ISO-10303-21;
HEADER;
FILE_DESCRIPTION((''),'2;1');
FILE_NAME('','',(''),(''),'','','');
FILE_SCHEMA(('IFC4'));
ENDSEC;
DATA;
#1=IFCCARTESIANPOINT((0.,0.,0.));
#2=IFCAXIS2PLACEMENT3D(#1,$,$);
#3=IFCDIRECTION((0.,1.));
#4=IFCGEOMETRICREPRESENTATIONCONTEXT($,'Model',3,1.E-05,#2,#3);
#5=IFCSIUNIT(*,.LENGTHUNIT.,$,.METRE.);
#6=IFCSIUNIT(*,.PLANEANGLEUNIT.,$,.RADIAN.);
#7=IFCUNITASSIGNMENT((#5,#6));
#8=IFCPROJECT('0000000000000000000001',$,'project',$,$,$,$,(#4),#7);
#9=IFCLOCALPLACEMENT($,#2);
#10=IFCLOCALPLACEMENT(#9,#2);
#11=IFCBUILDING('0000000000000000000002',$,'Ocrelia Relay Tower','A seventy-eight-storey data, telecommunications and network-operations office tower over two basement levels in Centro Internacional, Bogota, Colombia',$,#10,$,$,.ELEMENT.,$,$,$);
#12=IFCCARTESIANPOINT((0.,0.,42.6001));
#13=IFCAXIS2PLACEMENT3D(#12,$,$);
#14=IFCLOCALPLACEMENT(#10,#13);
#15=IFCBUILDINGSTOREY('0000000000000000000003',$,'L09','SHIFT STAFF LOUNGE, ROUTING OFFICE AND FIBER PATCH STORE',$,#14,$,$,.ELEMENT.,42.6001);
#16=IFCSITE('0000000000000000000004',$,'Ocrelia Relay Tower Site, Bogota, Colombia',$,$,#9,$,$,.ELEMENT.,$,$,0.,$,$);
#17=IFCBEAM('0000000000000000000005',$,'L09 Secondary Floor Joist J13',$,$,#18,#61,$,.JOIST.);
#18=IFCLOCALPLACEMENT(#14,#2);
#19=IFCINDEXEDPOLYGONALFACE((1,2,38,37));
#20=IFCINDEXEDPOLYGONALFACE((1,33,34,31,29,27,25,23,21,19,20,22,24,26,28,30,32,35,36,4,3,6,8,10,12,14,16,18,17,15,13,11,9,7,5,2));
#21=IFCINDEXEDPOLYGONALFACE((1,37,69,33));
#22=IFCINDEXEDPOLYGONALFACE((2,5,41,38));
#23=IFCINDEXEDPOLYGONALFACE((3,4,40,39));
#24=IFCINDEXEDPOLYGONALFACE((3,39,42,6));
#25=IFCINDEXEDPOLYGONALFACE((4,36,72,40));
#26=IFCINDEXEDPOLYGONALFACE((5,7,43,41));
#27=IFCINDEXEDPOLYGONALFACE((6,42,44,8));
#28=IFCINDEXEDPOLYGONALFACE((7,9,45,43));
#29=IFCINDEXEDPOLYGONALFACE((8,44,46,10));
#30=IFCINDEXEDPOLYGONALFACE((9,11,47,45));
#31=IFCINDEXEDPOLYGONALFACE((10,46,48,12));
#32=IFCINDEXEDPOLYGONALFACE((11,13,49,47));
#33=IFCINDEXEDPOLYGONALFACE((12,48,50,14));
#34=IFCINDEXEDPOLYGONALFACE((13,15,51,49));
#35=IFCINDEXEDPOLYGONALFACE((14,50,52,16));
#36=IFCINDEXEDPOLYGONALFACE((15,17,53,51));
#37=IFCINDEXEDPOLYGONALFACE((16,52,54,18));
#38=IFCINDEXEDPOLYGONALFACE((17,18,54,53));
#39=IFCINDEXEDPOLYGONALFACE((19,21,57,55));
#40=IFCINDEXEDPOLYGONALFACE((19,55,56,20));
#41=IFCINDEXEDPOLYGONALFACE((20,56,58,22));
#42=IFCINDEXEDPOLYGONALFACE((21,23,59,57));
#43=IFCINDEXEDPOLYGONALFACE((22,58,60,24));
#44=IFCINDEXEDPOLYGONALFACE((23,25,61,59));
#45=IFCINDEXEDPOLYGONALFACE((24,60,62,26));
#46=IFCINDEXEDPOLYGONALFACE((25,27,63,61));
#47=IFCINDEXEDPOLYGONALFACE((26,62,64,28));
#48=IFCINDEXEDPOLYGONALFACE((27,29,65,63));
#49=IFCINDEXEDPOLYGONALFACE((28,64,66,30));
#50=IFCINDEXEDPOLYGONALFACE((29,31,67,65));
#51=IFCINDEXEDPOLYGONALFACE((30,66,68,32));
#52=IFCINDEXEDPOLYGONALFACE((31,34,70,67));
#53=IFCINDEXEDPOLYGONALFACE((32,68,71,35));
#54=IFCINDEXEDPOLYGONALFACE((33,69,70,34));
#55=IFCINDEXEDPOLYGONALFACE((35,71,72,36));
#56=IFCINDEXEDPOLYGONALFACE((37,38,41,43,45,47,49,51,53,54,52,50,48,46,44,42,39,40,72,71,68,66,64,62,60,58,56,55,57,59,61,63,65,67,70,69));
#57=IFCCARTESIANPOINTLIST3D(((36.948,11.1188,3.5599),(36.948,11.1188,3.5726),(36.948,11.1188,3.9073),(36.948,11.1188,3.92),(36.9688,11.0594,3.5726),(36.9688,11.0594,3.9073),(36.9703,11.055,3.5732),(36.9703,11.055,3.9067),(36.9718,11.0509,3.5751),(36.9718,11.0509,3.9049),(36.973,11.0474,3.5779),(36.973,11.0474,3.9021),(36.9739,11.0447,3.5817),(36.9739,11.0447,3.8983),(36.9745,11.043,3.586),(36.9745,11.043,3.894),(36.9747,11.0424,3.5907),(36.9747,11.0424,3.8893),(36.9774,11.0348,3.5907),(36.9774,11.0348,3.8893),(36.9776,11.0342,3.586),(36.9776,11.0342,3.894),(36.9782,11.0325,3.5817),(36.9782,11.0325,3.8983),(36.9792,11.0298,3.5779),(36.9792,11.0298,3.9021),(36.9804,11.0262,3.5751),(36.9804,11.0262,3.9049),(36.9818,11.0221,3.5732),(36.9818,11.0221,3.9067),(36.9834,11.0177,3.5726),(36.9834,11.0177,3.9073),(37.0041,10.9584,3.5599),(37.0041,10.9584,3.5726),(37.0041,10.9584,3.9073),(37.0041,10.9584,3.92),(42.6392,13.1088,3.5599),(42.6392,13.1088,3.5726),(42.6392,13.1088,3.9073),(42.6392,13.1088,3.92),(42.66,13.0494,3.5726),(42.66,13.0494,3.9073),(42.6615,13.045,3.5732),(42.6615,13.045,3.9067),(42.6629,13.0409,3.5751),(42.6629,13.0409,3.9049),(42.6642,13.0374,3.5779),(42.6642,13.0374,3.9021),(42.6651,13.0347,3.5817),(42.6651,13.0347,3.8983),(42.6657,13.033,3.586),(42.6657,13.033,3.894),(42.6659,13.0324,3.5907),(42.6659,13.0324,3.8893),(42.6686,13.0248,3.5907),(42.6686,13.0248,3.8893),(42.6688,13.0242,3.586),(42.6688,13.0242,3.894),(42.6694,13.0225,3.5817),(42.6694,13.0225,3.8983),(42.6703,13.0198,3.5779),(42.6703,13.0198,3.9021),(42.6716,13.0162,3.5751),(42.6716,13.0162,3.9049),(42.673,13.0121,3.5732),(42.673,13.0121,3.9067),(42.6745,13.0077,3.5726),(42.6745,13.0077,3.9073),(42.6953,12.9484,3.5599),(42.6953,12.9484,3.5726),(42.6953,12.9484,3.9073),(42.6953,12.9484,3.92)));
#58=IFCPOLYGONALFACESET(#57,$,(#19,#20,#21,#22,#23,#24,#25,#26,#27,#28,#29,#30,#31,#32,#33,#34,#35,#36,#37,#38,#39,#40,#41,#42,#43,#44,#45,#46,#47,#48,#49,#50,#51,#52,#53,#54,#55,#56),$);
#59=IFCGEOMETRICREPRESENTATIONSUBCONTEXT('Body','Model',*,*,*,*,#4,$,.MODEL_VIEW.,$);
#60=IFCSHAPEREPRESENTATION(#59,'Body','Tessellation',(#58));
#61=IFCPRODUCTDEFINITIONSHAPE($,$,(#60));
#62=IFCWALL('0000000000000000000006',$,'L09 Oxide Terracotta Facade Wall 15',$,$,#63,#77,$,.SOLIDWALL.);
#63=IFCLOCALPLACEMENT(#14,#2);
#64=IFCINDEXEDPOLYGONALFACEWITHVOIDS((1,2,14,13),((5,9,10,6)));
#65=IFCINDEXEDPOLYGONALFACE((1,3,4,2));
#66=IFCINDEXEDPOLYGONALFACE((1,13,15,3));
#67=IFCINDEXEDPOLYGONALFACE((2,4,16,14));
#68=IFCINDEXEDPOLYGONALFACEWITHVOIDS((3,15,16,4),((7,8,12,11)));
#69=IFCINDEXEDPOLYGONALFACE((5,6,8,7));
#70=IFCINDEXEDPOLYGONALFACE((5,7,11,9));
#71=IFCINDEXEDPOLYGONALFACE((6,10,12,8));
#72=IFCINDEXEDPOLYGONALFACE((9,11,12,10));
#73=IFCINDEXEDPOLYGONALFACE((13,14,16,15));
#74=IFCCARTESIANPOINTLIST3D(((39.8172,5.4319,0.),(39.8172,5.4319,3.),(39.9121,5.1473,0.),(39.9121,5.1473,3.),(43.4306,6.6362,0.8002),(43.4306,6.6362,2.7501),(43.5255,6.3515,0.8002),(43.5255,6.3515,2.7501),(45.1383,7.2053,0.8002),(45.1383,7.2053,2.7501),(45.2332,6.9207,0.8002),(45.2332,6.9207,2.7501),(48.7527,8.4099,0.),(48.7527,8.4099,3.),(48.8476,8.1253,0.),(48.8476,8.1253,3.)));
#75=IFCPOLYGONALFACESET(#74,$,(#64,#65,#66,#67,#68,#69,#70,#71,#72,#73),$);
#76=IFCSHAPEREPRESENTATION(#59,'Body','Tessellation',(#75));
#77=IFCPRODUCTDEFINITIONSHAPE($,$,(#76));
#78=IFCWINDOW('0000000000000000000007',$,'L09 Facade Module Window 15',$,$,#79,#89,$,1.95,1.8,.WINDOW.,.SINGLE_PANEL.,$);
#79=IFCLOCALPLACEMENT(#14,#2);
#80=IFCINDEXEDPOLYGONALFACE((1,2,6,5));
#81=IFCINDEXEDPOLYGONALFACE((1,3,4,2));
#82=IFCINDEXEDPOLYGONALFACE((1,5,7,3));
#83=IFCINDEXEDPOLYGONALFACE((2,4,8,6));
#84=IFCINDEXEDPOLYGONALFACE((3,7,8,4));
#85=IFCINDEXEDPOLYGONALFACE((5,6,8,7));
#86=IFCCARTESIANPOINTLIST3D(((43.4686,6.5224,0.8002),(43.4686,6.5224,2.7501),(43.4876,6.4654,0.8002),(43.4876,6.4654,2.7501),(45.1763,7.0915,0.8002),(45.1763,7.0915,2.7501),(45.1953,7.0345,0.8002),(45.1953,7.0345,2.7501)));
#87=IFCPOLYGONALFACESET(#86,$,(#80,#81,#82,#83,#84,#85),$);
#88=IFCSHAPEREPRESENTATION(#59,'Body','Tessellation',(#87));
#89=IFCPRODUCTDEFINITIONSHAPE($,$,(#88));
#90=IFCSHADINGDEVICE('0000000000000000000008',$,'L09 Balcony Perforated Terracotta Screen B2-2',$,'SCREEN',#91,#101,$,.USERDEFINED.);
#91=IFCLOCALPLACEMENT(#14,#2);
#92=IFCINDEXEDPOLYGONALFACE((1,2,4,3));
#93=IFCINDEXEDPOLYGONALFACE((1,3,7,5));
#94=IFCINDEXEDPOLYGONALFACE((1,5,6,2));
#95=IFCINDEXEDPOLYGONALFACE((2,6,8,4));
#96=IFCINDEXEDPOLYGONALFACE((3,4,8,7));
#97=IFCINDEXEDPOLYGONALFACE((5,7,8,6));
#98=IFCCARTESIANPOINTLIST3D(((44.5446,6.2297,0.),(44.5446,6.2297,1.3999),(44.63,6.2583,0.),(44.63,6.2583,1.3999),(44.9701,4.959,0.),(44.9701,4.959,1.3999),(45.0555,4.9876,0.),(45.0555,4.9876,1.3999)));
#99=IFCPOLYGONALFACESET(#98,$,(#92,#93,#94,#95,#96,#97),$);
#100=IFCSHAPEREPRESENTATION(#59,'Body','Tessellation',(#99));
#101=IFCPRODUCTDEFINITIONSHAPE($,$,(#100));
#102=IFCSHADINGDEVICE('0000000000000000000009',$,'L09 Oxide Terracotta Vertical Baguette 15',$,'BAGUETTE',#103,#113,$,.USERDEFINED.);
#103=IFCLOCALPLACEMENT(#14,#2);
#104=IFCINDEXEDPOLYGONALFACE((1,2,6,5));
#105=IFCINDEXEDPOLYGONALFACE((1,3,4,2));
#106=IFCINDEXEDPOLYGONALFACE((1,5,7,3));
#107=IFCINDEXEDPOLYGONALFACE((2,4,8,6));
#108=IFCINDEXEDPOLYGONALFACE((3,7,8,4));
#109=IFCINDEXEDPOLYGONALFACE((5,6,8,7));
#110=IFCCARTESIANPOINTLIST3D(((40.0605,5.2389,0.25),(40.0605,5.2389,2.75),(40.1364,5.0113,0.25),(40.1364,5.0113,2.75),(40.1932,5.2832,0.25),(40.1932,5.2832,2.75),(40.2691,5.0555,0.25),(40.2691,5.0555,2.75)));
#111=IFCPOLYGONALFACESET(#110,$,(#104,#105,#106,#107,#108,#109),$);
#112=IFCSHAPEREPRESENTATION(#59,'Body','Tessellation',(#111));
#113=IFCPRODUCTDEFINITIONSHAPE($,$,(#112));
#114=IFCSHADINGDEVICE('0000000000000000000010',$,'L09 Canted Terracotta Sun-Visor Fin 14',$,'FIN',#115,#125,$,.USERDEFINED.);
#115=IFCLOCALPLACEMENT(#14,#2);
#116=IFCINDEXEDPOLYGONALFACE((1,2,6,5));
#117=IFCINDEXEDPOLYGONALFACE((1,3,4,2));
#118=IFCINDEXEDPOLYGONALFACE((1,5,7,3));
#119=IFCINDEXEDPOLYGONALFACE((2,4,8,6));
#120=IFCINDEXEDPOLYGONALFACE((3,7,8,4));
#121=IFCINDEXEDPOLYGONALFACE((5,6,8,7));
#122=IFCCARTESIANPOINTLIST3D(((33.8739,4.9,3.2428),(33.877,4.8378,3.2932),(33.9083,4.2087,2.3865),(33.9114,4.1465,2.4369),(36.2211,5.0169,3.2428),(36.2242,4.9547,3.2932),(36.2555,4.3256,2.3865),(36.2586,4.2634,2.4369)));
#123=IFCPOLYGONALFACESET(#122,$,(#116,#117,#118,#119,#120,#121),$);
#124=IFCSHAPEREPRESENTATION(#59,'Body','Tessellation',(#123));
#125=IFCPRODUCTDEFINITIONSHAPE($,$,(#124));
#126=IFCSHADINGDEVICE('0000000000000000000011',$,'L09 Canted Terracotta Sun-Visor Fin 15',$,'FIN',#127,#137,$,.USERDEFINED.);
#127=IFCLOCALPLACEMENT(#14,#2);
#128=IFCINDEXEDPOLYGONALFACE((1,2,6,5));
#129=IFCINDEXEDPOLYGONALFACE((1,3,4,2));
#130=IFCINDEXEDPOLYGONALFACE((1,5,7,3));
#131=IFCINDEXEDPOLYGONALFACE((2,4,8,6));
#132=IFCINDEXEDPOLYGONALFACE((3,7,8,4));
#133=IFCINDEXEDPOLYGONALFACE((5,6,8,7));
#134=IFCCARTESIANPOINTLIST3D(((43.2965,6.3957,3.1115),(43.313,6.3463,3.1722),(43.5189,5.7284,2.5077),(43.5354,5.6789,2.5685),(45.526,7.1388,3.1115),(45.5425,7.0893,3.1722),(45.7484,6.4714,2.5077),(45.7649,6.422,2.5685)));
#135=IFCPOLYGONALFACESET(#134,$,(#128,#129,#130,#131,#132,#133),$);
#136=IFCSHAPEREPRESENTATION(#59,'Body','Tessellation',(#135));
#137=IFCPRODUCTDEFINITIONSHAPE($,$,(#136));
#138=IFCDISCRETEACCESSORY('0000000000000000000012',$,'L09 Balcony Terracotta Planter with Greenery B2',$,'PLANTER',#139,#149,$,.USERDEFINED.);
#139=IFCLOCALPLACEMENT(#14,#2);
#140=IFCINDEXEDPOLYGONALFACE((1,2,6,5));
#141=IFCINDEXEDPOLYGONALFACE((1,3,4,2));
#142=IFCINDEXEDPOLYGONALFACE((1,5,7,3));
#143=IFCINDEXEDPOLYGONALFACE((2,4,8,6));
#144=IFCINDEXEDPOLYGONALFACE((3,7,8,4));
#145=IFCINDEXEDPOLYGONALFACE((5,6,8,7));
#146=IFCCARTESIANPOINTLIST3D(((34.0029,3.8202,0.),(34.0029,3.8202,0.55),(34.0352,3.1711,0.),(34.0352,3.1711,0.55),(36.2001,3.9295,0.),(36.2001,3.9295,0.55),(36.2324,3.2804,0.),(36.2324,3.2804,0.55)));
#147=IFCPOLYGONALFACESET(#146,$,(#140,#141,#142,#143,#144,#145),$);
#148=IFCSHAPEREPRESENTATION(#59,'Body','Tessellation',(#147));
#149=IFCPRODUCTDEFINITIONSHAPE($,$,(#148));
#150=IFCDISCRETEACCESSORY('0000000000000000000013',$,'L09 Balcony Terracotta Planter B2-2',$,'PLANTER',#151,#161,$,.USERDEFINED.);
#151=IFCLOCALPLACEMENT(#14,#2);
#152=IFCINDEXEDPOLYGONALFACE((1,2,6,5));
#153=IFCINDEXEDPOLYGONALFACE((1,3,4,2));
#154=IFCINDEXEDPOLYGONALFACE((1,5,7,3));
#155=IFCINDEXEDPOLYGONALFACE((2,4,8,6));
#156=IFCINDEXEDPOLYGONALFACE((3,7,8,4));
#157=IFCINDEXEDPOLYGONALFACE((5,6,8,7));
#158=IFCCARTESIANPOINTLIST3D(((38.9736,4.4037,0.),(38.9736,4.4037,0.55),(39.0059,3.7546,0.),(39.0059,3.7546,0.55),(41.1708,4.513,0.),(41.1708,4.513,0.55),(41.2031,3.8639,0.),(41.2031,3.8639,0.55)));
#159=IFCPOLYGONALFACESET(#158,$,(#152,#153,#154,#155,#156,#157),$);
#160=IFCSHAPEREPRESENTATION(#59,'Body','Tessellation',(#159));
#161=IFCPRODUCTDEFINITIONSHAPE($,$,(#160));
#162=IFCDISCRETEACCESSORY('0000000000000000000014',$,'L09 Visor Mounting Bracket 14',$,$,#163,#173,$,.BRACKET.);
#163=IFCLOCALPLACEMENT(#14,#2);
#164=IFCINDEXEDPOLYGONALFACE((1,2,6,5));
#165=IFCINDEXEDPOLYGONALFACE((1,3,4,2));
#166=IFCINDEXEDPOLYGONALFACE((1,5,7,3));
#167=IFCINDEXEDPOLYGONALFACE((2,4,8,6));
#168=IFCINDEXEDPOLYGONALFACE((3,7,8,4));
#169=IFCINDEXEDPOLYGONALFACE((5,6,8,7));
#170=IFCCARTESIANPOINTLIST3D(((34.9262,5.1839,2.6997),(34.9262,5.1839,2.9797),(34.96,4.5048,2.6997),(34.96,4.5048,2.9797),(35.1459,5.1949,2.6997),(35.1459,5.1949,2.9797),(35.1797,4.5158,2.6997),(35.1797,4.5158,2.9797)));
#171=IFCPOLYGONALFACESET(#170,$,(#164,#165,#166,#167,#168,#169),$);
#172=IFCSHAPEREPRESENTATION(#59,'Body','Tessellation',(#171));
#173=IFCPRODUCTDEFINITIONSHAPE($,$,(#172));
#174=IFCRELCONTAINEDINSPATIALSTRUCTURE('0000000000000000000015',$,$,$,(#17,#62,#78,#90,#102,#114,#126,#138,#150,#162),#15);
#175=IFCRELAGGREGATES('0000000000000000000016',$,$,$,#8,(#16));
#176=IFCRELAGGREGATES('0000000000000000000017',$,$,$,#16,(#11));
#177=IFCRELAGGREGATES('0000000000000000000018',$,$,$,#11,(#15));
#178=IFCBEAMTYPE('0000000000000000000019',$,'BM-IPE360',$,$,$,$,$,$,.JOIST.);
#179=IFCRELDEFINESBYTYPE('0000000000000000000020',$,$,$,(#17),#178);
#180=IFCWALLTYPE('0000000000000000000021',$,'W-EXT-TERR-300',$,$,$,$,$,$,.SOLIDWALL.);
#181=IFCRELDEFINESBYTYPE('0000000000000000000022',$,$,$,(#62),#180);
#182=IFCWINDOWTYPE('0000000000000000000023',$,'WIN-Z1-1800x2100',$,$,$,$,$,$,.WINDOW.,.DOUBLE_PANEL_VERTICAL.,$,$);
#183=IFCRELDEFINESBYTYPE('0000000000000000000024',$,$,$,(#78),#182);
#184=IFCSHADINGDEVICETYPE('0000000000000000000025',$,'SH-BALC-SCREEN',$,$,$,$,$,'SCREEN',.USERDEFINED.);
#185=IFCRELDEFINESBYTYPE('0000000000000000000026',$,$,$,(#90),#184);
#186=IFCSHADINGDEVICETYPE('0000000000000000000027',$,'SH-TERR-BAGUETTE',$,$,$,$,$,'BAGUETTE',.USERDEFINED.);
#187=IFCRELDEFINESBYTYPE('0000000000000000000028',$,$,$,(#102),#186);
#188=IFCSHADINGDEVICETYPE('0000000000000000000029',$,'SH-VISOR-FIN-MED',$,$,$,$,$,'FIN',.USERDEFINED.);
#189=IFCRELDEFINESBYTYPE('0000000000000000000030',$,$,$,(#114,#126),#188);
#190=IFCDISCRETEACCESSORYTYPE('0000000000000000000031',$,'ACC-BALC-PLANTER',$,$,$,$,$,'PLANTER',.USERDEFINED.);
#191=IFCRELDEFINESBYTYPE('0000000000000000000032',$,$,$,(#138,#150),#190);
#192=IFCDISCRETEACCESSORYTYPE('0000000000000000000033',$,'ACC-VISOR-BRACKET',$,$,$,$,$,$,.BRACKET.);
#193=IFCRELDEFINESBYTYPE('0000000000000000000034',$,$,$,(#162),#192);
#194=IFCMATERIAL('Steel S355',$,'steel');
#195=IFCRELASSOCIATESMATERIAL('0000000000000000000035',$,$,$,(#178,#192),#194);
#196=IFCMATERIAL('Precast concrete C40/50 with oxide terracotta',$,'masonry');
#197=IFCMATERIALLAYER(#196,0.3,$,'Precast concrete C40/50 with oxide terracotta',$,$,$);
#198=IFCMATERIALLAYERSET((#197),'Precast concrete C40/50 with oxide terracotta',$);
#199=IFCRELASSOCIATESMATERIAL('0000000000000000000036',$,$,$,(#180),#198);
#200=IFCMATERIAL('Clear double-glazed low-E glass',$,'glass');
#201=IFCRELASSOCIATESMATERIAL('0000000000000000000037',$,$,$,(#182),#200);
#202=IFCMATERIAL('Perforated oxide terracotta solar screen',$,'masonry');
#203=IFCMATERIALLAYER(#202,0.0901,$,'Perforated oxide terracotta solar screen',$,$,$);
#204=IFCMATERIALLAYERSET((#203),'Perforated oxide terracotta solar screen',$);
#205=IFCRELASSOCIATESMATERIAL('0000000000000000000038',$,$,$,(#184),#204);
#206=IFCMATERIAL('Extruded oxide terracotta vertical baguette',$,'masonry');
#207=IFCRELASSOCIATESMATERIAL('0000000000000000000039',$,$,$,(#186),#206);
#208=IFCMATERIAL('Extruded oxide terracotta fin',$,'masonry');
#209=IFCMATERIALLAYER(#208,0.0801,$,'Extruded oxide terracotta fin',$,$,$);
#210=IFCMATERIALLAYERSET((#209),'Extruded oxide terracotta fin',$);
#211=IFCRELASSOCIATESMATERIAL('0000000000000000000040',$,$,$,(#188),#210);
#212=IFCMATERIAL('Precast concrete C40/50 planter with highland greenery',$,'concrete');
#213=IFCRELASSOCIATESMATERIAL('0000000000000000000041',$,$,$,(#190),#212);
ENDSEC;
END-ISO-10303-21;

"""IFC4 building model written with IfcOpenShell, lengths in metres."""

from ifc_helpers import new_model, si_unit, direction, frame, frame_2d, origin, origin_2d, place, context, subcontext, project, spatial, rectangle, i_section, extrude, material, layer, layer_set, material_profile, profile_set, type_object, element, fill, save


model = new_model("IFC4")

# Units and contexts
model_context = context("Model", 3, precision=1e-05, world=origin(), true_north=direction((0.0, 1.0)))
body_context = subcontext(model_context, "Body", "Model", "MODEL_VIEW")
ifc_project = project(units=[si_unit("LENGTHUNIT", "METRE"), si_unit("PLANEANGLEUNIT", "RADIAN")], contexts=[model_context])

# Site, building, storey
site_placement = place(None, origin())
site = spatial("IfcSite", under=ifc_project, at=site_placement, Name="Ocrelia Relay Tower Site, Bogota, Colombia", CompositionType="ELEMENT", RefElevation=0.0)
building_placement = place(site_placement, origin())
building = spatial("IfcBuilding", under=site, at=building_placement, Name="Ocrelia Relay Tower", Description="A seventy-eight-storey data, telecommunications and network-operations office tower over two basement levels in Centro Internacional, Bogota, Colombia", CompositionType="ELEMENT")
storey_placement = place(building_placement, frame((0.0, 0.0, 42.6001)))
storey = spatial("IfcBuildingStorey", under=building, at=storey_placement, Name="L09", Description="SHIFT STAFF LOUNGE, ROUTING OFFICE AND FIBER PATCH STORE", CompositionType="ELEMENT", Elevation=42.6001)

# Beam
ifc_material_1 = material(Name="Steel S355", Category="steel")
ifc_material_profile_1 = material_profile(ifc_material_1, i_section(OverallWidth=0.1699, OverallDepth=0.3601, WebThickness=0.0081, FlangeThickness=0.0127, FilletRadius=0.0181, at=origin_2d()), Name="IPE 360")
ifc_profile_set_1 = profile_set([ifc_material_profile_1], Name="Steel S355")
beam_type_1 = type_object("IfcBeamType", Name="BM-IPE360", PredefinedType="JOIST", material=ifc_profile_set_1)
beam_1_placement = place(storey_placement, frame((36.9761, 11.0386, 3.74), z_axis=(0.943957, 0.330067, 0.0), x_axis=(-0.330067, 0.943957, 0.0)))
element("IfcBeam", 1, at=beam_1_placement, inside=storey, type_object=beam_type_1, Name="L09 Secondary Floor Joist J13", PredefinedType="JOIST", context=body_context, shape_type="SweptSolid", body=[
    extrude(i_section(OverallWidth=0.1699, OverallDepth=0.3601, WebThickness=0.0081, FlangeThickness=0.0127, FilletRadius=0.0181, at=origin_2d()), origin(), (0.0, 0.0, 1.0), 6.0291),
])

# Wall, opening, window
ifc_material_2 = material(Name="Precast concrete C40/50 with oxide terracotta", Category="masonry")
ifc_layer_1 = layer(ifc_material_2, 0.3, Name="Precast concrete C40/50 with oxide terracotta")
ifc_layer_set_1 = layer_set([ifc_layer_1], Name="Precast concrete C40/50 with oxide terracotta")
wall_type_1 = type_object("IfcWallType", Name="W-EXT-TERR-300", PredefinedType="SOLIDWALL", material=ifc_layer_set_1)
wall_1_placement = place(storey_placement, frame((39.8645, 5.2896, 0.0), z_axis=(0.0, 0.0, 1.0), x_axis=(0.948699, 0.316181, 0.0)))
wall_1 = element("IfcWall", 2, at=wall_1_placement, inside=storey, type_object=wall_type_1, Name="L09 Oxide Terracotta Facade Wall 15", PredefinedType="SOLIDWALL", context=body_context, shape_type="SweptSolid", body=[
    extrude(rectangle(XDim=9.4187, YDim=0.3, at=frame_2d((4.7095, 0.0))), origin(), (0.0, 0.0, 1.0), 3.0),
])
opening_1_placement = place(wall_1_placement, frame((3.8091, 0.0, 0.8)))
opening_1 = element("IfcOpeningElement", 3, at=opening_1_placement, cuts=wall_1, PredefinedType="OPENING", context=body_context, shape_type="SweptSolid", body=[
    extrude(rectangle(XDim=1.8, YDim=1.95, at=frame_2d((0.8999, 0.9751))), frame((0.0, 0.1602, 0.0), z_axis=(0.0, -1.0, 0.0), x_axis=(1.0, 0.0, 0.0)), (0.0, 0.0, 1.0), 0.3201),
])
ifc_material_3 = material(Name="Clear double-glazed low-E glass", Category="glass")
window_type = type_object("IfcWindowType", Name="WIN-Z1-1800x2100", PartitioningType="DOUBLE_PANEL_VERTICAL", PredefinedType="WINDOW", material=ifc_material_3)
window_placement = place(opening_1_placement, origin())
window = element("IfcWindow", 4, at=window_placement, inside=storey, type_object=window_type, Name="L09 Facade Module Window 15", OverallHeight=1.95, OverallWidth=1.8, PartitioningType="SINGLE_PANEL", PredefinedType="WINDOW", context=body_context, shape_type="SweptSolid", body=[
    extrude(rectangle(XDim=1.8, YDim=1.95, at=frame_2d((0.8999, 0.9751))), frame((0.0, 0.03, 0.0), z_axis=(0.0, -1.0, 0.0), x_axis=(1.0, 0.0, 0.0)), (0.0, 0.0, 1.0), 0.0601),
])
fill(opening_1, window)

# Shading devices
ifc_material_4 = material(Name="Perforated oxide terracotta solar screen", Category="masonry")
ifc_layer_2 = layer(ifc_material_4, 0.0901, Name="Perforated oxide terracotta solar screen")
ifc_layer_set_2 = layer_set([ifc_layer_2], Name="Perforated oxide terracotta solar screen")
shading_device_type_1 = type_object("IfcShadingDeviceType", Name="SH-BALC-SCREEN", ElementType="SCREEN", PredefinedType="USERDEFINED", material=ifc_layer_set_2)
shading_device_1_placement = place(storey_placement, frame((44.8, 5.6086, 0.0), z_axis=(0.0, 0.0, 1.0), x_axis=(0.317541, -0.948245, 0.0)))
element("IfcShadingDevice", 5, at=shading_device_1_placement, inside=storey, type_object=shading_device_type_1, Name="L09 Balcony Perforated Terracotta Screen B2-2", ObjectType="SCREEN", PredefinedType="USERDEFINED", context=body_context, shape_type="SweptSolid", body=[
    extrude(rectangle(XDim=1.3401, YDim=0.0901, at=origin_2d()), origin(), (0.0, 0.0, 1.0), 1.3999),
])
ifc_material_5 = material(Name="Extruded oxide terracotta vertical baguette", Category="masonry")
shading_device_type_2 = type_object("IfcShadingDeviceType", Name="SH-TERR-BAGUETTE", ElementType="BAGUETTE", PredefinedType="USERDEFINED", material=ifc_material_5)
shading_device_2_placement = place(storey_placement, frame((40.1648, 5.1472, 0.25), z_axis=(0.0, 0.0, 1.0), x_axis=(0.9487, 0.316177, 0.0)))
element("IfcShadingDevice", 6, at=shading_device_2_placement, inside=storey, type_object=shading_device_type_2, Name="L09 Oxide Terracotta Vertical Baguette 15", ObjectType="BAGUETTE", PredefinedType="USERDEFINED", context=body_context, shape_type="SweptSolid", body=[
    extrude(rectangle(XDim=0.1399, YDim=0.24, at=origin_2d()), origin(), (0.0, 0.0, 1.0), 2.5),
])
ifc_material_6 = material(Name="Extruded oxide terracotta fin", Category="masonry")
ifc_layer_3 = layer(ifc_material_6, 0.0801, Name="Extruded oxide terracotta fin")
ifc_layer_set_3 = layer_set([ifc_layer_3], Name="Extruded oxide terracotta fin")
shading_device_type_3 = type_object("IfcShadingDeviceType", Name="SH-VISOR-FIN-MED", ElementType="FIN", PredefinedType="USERDEFINED", material=ifc_layer_set_3)
shading_device_3_placement = place(storey_placement, frame((35.0647, 4.6128, 2.8147), z_axis=(0.038672, -0.776733, 0.628642), x_axis=(0.998763, 0.049726, 0.0)))
element("IfcShadingDevice", 7, at=shading_device_3_placement, inside=storey, type_object=shading_device_type_3, Name="L09 Canted Terracotta Sun-Visor Fin 14", ObjectType="FIN", PredefinedType="USERDEFINED", context=body_context, shape_type="SweptSolid", body=[
    extrude(rectangle(XDim=2.3501, YDim=1.1011, at=origin_2d()), origin(), (0.0, 0.0, 1.0), 0.0801),
])
shading_device_4_placement = place(storey_placement, frame((44.5225, 6.4336, 2.8096), z_axis=(0.205927, -0.617892, 0.758817), x_axis=(0.9487, 0.316177, 0.0)))
element("IfcShadingDevice", 8, at=shading_device_4_placement, inside=storey, type_object=shading_device_type_3, Name="L09 Canted Terracotta Sun-Visor Fin 15", ObjectType="FIN", PredefinedType="USERDEFINED", context=body_context, shape_type="SweptSolid", body=[
    extrude(rectangle(XDim=2.3501, YDim=0.927, at=origin_2d()), origin(), (0.0, 0.0, 1.0), 0.0801),
])

# Discrete accessories
ifc_material_7 = material(Name="Precast concrete C40/50 planter with highland greenery", Category="concrete")
discrete_accessory_type_1 = type_object("IfcDiscreteAccessoryType", Name="ACC-BALC-PLANTER", ElementType="PLANTER", PredefinedType="USERDEFINED", material=ifc_material_7)
for number, where, z_axis, x_axis, name in (
    (9, (35.1177, 3.5503, 0.0), (0.0, 0.0, 1.0), (-0.998763, -0.049716, 0.0), "L09 Balcony Terracotta Planter with Greenery B2"),
    (10, (40.0884, 4.1338, 0.0), (0.0, 0.0, 1.0), (-0.998763, -0.049716, 0.0), "L09 Balcony Terracotta Planter B2-2"),
):
    element("IfcDiscreteAccessory", number, at=place(storey_placement, frame(where, z_axis=z_axis, x_axis=x_axis)), inside=storey, type_object=discrete_accessory_type_1, Name=name, ObjectType="PLANTER", PredefinedType="USERDEFINED", context=body_context, shape_type="SweptSolid", body=[
        extrude(rectangle(XDim=2.2, YDim=0.6499, at=origin_2d()), origin(), (0.0, 0.0, 1.0), 0.55),
    ])
discrete_accessory_type_2 = type_object("IfcDiscreteAccessoryType", Name="ACC-VISOR-BRACKET", PredefinedType="BRACKET", material=ifc_material_1)
for number, where, z_axis, x_axis, name in (
    (11, (35.053, 4.8499, 2.6997), (0.0, 0.0, 1.0), (0.998763, 0.049726, 0.0), "L09 Visor Mounting Bracket 14"),
):
    element("IfcDiscreteAccessory", number, at=place(storey_placement, frame(where, z_axis=z_axis, x_axis=x_axis)), inside=storey, type_object=discrete_accessory_type_2, Name=name, PredefinedType="BRACKET", context=body_context, shape_type="SweptSolid", body=[
        extrude(rectangle(XDim=0.22, YDim=0.6799, at=origin_2d()), origin(), (0.0, 0.0, 1.0), 0.28),
    ])

save(model, "model.ifc")
